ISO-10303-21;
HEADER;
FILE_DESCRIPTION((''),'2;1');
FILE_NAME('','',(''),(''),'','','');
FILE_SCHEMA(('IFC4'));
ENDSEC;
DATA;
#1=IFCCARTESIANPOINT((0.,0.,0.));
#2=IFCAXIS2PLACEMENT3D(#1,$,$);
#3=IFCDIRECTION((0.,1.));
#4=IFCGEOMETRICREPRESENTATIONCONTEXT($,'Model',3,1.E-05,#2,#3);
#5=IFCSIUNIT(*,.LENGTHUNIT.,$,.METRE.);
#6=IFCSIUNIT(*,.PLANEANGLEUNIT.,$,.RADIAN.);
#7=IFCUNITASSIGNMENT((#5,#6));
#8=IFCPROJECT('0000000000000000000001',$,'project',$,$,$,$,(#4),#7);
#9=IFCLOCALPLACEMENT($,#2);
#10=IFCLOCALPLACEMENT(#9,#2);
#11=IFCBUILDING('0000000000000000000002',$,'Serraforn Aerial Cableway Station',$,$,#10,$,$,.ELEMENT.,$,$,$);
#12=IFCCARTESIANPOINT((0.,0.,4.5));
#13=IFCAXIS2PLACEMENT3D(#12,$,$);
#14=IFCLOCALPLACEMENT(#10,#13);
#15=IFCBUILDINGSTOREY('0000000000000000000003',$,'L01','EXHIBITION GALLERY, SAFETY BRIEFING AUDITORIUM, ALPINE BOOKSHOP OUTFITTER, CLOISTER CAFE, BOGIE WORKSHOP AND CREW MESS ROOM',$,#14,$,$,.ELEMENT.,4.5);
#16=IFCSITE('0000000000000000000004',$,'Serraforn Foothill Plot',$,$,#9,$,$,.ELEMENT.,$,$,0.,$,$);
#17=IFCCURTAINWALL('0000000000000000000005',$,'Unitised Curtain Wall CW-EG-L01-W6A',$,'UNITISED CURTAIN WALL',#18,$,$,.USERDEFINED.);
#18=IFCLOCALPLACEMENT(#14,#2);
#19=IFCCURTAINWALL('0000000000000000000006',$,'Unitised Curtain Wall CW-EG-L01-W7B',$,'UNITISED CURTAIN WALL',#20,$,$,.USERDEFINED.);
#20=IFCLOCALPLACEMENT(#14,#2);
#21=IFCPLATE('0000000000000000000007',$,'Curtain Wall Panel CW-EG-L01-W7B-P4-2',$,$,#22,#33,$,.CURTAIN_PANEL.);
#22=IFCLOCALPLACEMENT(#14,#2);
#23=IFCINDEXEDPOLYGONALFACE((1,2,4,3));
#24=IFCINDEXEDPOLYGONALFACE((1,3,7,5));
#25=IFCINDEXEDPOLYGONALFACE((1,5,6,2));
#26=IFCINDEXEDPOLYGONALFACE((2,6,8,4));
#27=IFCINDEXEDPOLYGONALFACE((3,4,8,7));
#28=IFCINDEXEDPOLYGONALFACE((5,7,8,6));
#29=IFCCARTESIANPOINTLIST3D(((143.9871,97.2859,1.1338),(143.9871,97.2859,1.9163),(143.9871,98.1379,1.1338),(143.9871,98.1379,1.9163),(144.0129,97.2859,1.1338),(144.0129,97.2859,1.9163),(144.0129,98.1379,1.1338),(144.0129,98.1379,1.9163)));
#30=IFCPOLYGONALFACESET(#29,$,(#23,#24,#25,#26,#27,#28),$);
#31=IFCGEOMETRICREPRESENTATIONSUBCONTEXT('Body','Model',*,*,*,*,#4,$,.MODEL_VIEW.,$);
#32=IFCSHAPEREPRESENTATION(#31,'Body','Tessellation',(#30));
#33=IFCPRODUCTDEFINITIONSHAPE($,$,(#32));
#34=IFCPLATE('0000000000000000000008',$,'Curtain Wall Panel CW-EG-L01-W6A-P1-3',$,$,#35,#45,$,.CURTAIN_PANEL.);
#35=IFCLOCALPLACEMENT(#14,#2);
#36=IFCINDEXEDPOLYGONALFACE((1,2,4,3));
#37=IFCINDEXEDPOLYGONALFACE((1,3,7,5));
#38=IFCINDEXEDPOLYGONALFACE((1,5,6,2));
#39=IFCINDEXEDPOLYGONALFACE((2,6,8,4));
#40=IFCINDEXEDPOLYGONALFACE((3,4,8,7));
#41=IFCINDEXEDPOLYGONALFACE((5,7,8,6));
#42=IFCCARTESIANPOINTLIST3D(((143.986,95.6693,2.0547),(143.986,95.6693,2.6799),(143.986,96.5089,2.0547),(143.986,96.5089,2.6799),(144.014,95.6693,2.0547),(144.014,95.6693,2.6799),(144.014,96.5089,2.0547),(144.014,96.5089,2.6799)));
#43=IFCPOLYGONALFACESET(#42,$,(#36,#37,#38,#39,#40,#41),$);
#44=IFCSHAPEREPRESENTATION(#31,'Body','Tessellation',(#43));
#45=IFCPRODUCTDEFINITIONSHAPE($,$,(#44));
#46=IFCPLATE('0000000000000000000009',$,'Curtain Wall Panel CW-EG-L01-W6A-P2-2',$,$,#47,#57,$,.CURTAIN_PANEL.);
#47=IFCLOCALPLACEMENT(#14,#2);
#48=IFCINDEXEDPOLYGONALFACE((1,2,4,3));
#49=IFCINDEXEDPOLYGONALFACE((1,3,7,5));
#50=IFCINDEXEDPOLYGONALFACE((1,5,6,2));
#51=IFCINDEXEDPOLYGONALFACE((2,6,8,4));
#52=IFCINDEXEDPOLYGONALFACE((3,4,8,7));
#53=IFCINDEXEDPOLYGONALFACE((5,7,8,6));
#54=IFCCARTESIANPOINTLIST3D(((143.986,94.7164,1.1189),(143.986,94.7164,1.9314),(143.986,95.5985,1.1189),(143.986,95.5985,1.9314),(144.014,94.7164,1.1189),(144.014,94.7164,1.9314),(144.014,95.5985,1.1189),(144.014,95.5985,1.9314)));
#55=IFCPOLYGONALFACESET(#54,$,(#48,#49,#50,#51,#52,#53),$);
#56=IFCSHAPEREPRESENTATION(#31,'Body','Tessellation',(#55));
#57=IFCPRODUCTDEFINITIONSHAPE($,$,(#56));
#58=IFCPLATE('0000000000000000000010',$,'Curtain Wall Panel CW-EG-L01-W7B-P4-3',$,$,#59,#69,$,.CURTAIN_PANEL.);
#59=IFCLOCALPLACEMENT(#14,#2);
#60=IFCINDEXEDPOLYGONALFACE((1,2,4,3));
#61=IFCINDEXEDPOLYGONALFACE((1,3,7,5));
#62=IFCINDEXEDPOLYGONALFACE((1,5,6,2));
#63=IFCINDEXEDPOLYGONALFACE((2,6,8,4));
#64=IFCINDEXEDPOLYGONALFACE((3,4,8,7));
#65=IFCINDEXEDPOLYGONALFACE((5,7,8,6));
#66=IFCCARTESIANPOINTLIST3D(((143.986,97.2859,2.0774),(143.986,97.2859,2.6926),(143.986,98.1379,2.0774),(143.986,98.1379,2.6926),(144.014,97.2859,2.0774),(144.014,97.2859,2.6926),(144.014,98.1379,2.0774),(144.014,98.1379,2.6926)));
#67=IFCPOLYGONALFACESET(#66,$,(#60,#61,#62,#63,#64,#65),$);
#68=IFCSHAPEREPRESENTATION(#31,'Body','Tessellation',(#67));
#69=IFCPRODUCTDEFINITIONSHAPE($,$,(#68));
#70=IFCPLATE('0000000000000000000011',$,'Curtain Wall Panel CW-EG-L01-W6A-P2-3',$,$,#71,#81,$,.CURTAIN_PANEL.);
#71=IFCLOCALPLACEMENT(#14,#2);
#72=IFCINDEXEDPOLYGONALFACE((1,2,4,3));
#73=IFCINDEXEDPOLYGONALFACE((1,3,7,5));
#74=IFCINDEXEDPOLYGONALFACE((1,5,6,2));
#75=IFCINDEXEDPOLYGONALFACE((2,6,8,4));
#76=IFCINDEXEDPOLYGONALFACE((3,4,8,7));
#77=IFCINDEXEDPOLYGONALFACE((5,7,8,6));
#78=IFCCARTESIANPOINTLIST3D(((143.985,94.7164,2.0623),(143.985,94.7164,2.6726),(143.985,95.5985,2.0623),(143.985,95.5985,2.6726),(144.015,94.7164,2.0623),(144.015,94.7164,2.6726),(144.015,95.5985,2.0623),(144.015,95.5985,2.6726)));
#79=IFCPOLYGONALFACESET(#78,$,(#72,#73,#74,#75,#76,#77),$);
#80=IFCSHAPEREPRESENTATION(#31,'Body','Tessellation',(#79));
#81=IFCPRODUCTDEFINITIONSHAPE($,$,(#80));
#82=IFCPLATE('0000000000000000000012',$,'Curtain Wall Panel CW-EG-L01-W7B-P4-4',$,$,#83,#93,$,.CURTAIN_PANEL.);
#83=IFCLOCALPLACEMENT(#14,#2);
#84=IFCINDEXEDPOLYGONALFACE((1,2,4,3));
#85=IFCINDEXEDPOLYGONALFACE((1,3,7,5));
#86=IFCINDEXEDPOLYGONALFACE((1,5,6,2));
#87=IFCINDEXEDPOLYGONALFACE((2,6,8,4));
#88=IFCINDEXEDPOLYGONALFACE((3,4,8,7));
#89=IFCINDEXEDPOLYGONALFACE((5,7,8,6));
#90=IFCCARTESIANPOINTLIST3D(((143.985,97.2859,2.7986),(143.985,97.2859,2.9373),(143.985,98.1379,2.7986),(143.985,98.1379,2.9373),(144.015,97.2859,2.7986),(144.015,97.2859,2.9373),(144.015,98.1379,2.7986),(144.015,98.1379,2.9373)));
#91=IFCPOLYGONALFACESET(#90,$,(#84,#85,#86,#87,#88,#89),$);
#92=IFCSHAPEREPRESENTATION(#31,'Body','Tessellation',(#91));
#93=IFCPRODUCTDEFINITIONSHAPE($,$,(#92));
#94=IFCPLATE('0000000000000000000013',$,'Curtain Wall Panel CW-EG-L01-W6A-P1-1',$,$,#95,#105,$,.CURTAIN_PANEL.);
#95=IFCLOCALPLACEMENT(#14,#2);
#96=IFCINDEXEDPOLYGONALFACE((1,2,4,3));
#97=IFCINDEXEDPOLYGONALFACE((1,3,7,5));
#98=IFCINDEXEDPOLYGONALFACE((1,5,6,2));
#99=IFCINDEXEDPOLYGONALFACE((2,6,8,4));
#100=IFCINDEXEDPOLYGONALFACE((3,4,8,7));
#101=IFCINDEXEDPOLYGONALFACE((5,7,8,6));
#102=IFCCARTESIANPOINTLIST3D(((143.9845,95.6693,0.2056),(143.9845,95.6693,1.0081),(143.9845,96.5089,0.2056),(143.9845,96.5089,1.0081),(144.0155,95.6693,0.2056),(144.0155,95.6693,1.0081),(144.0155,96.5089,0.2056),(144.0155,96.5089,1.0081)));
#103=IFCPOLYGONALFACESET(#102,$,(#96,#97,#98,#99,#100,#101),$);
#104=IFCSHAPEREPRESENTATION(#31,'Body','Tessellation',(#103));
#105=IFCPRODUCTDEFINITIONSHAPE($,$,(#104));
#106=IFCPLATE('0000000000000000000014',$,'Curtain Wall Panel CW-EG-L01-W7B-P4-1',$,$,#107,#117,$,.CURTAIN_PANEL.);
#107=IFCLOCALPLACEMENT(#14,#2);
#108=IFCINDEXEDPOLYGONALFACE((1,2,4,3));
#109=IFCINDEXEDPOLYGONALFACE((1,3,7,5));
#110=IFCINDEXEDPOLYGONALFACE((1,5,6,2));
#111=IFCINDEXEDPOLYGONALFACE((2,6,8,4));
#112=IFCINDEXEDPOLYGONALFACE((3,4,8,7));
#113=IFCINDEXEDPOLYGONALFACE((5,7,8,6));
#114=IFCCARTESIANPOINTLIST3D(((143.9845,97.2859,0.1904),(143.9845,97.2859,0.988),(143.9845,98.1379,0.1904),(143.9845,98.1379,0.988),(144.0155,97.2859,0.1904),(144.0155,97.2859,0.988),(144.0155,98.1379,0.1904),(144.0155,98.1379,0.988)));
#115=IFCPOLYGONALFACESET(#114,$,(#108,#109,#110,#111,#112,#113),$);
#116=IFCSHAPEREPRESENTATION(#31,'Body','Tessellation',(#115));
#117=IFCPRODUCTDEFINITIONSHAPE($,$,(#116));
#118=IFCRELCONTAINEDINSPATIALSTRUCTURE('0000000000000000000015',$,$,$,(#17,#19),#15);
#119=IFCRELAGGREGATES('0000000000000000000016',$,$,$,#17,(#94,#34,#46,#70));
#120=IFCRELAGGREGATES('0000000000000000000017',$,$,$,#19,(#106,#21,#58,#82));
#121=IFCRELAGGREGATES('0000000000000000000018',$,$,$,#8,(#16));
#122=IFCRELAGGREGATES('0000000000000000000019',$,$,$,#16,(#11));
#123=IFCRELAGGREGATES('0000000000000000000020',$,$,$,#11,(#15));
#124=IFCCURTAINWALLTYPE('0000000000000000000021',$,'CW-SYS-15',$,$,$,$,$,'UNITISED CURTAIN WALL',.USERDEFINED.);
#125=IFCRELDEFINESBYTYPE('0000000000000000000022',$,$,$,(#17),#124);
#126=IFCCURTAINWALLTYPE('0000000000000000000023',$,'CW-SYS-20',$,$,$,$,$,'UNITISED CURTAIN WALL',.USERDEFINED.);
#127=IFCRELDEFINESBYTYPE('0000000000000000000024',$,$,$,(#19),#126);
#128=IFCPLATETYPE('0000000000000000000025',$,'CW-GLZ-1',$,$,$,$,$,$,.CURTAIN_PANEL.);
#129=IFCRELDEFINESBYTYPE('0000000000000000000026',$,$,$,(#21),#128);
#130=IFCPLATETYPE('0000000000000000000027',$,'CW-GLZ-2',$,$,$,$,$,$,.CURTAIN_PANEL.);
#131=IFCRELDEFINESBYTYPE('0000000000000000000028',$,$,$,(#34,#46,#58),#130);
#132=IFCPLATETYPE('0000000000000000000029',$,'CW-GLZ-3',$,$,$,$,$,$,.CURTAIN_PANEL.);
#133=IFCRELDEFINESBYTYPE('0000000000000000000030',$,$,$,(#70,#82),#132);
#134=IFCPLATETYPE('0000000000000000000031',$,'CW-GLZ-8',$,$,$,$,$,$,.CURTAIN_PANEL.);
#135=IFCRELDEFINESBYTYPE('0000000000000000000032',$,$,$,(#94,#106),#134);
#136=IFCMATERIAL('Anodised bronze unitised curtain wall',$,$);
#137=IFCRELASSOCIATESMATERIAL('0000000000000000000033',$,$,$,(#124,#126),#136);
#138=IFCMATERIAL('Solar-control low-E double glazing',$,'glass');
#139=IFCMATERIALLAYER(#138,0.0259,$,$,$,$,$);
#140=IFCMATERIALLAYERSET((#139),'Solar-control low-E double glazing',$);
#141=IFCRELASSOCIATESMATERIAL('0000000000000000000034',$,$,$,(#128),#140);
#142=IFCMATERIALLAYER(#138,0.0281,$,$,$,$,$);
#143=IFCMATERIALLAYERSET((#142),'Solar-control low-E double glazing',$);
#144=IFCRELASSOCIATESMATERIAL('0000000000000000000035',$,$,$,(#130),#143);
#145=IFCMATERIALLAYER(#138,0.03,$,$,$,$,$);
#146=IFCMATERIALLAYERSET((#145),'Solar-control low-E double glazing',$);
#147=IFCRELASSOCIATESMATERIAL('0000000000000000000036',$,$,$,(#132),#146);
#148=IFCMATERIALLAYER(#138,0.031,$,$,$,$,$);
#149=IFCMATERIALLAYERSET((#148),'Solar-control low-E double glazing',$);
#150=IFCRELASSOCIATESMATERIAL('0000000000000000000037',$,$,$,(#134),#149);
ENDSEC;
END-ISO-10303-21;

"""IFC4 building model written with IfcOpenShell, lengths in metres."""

from ifc_helpers import new_model, si_unit, direction, frame, origin, origin_2d, place, context, subcontext, project, spatial, rectangle, extrude, material, layer, layer_set, type_object, element, aggregate, save


model = new_model("IFC4")

# Units and contexts
model_context = context("Model", 3, precision=1e-05, world=origin(), true_north=direction((0.0, 1.0)))
body_context = subcontext(model_context, "Body", "Model", "MODEL_VIEW")
ifc_project = project(units=[si_unit("LENGTHUNIT", "METRE"), si_unit("PLANEANGLEUNIT", "RADIAN")], contexts=[model_context])

# Site, building, storey
site_placement = place(None, origin())
site = spatial("IfcSite", under=ifc_project, at=site_placement, Name="Serraforn Foothill Plot", CompositionType="ELEMENT", RefElevation=0.0)
building_placement = place(site_placement, origin())
building = spatial("IfcBuilding", under=site, at=building_placement, Name="Serraforn Aerial Cableway Station", CompositionType="ELEMENT")
storey_placement = place(building_placement, frame((0.0, 0.0, 4.5)))
storey = spatial("IfcBuildingStorey", under=building, at=storey_placement, Name="L01", Description="EXHIBITION GALLERY, SAFETY BRIEFING AUDITORIUM, ALPINE BOOKSHOP OUTFITTER, CLOISTER CAFE, BOGIE WORKSHOP AND CREW MESS ROOM", CompositionType="ELEMENT", Elevation=4.5)

# Curtain walls
ifc_material_1 = material(Name="Anodised bronze unitised curtain wall")
curtain_wall_type_1 = type_object("IfcCurtainWallType", Name="CW-SYS-15", ElementType="UNITISED CURTAIN WALL", PredefinedType="USERDEFINED", material=ifc_material_1)
curtain_wall_1_placement = place(storey_placement, origin())
curtain_wall_1 = element("IfcCurtainWall", 1, at=curtain_wall_1_placement, inside=storey, type_object=curtain_wall_type_1, Name="Unitised Curtain Wall CW-EG-L01-W6A", ObjectType="UNITISED CURTAIN WALL", PredefinedType="USERDEFINED")
curtain_wall_type_2 = type_object("IfcCurtainWallType", Name="CW-SYS-20", ElementType="UNITISED CURTAIN WALL", PredefinedType="USERDEFINED", material=ifc_material_1)
curtain_wall_2_placement = place(storey_placement, origin())
curtain_wall_2 = element("IfcCurtainWall", 2, at=curtain_wall_2_placement, inside=storey, type_object=curtain_wall_type_2, Name="Unitised Curtain Wall CW-EG-L01-W7B", ObjectType="UNITISED CURTAIN WALL", PredefinedType="USERDEFINED")

# Plates
ifc_material_2 = material(Name="Solar-control low-E double glazing", Category="glass")
ifc_layer_1 = layer(ifc_material_2, 0.0259)
ifc_layer_set_1 = layer_set([ifc_layer_1], Name="Solar-control low-E double glazing")
plate_type_1 = type_object("IfcPlateType", Name="CW-GLZ-1", PredefinedType="CURTAIN_PANEL", material=ifc_layer_set_1)
plate_1_placement = place(storey_placement, frame((144.0, 97.7119, 1.1338), z_axis=(0.0, 0.0, 1.0), x_axis=(1.0, 0.0, 0.0)))
plate_1 = element("IfcPlate", 3, at=plate_1_placement, type_object=plate_type_1, Name="Curtain Wall Panel CW-EG-L01-W7B-P4-2", PredefinedType="CURTAIN_PANEL", context=body_context, shape_type="SweptSolid", body=[
    extrude(rectangle(XDim=0.0259, YDim=0.8521, at=origin_2d()), origin(), (0.0, 0.0, 1.0), 0.7825),
])
ifc_layer_2 = layer(ifc_material_2, 0.0281)
ifc_layer_set_2 = layer_set([ifc_layer_2], Name="Solar-control low-E double glazing")
plate_type_2 = type_object("IfcPlateType", Name="CW-GLZ-2", PredefinedType="CURTAIN_PANEL", material=ifc_layer_set_2)
plate_2_placement = place(storey_placement, frame((144.0, 96.0891, 2.0547), z_axis=(0.0, 0.0, 1.0), x_axis=(1.0, 0.0, 0.0)))
plate_2 = element("IfcPlate", 4, at=plate_2_placement, type_object=plate_type_2, Name="Curtain Wall Panel CW-EG-L01-W6A-P1-3", PredefinedType="CURTAIN_PANEL", context=body_context, shape_type="SweptSolid", body=[
    extrude(rectangle(XDim=0.0281, YDim=0.8396, at=origin_2d()), origin(), (0.0, 0.0, 1.0), 0.6252),
])
plate_3_placement = place(storey_placement, frame((144.0, 95.1575, 1.1189), z_axis=(0.0, 0.0, 1.0), x_axis=(1.0, 0.0, 0.0)))
plate_3 = element("IfcPlate", 5, at=plate_3_placement, type_object=plate_type_2, Name="Curtain Wall Panel CW-EG-L01-W6A-P2-2", PredefinedType="CURTAIN_PANEL", context=body_context, shape_type="SweptSolid", body=[
    extrude(rectangle(XDim=0.0281, YDim=0.8821, at=origin_2d()), origin(), (0.0, 0.0, 1.0), 0.8125),
])
plate_4_placement = place(storey_placement, frame((144.0, 97.7119, 2.0774), z_axis=(0.0, 0.0, 1.0), x_axis=(1.0, 0.0, 0.0)))
plate_4 = element("IfcPlate", 6, at=plate_4_placement, type_object=plate_type_2, Name="Curtain Wall Panel CW-EG-L01-W7B-P4-3", PredefinedType="CURTAIN_PANEL", context=body_context, shape_type="SweptSolid", body=[
    extrude(rectangle(XDim=0.0281, YDim=0.8521, at=origin_2d()), origin(), (0.0, 0.0, 1.0), 0.6152),
])
ifc_layer_3 = layer(ifc_material_2, 0.03)
ifc_layer_set_3 = layer_set([ifc_layer_3], Name="Solar-control low-E double glazing")
plate_type_3 = type_object("IfcPlateType", Name="CW-GLZ-3", PredefinedType="CURTAIN_PANEL", material=ifc_layer_set_3)
plate_5_placement = place(storey_placement, frame((144.0, 95.1575, 2.0623), z_axis=(0.0, 0.0, 1.0), x_axis=(1.0, 0.0, 0.0)))
plate_5 = element("IfcPlate", 7, at=plate_5_placement, type_object=plate_type_3, Name="Curtain Wall Panel CW-EG-L01-W6A-P2-3", PredefinedType="CURTAIN_PANEL", context=body_context, shape_type="SweptSolid", body=[
    extrude(rectangle(XDim=0.03, YDim=0.8821, at=origin_2d()), origin(), (0.0, 0.0, 1.0), 0.6104),
])
plate_6_placement = place(storey_placement, frame((144.0, 97.7119, 2.7986), z_axis=(0.0, 0.0, 1.0), x_axis=(1.0, 0.0, 0.0)))
plate_6 = element("IfcPlate", 8, at=plate_6_placement, type_object=plate_type_3, Name="Curtain Wall Panel CW-EG-L01-W7B-P4-4", PredefinedType="CURTAIN_PANEL", context=body_context, shape_type="SweptSolid", body=[
    extrude(rectangle(XDim=0.03, YDim=0.8521, at=origin_2d()), origin(), (0.0, 0.0, 1.0), 0.1387),
])
ifc_layer_4 = layer(ifc_material_2, 0.031)
ifc_layer_set_4 = layer_set([ifc_layer_4], Name="Solar-control low-E double glazing")
plate_type_4 = type_object("IfcPlateType", Name="CW-GLZ-8", PredefinedType="CURTAIN_PANEL", material=ifc_layer_set_4)
plate_7_placement = place(storey_placement, frame((144.0, 96.0891, 0.2056), z_axis=(0.0, 0.0, 1.0), x_axis=(1.0, 0.0, 0.0)))
plate_7 = element("IfcPlate", 9, at=plate_7_placement, type_object=plate_type_4, Name="Curtain Wall Panel CW-EG-L01-W6A-P1-1", PredefinedType="CURTAIN_PANEL", context=body_context, shape_type="SweptSolid", body=[
    extrude(rectangle(XDim=0.031, YDim=0.8396, at=origin_2d()), origin(), (0.0, 0.0, 1.0), 0.8025),
])
aggregate(curtain_wall_1, [plate_7, plate_2, plate_3, plate_5])
plate_8_placement = place(storey_placement, frame((144.0, 97.7119, 0.1904), z_axis=(0.0, 0.0, 1.0), x_axis=(1.0, 0.0, 0.0)))
plate_8 = element("IfcPlate", 10, at=plate_8_placement, type_object=plate_type_4, Name="Curtain Wall Panel CW-EG-L01-W7B-P4-1", PredefinedType="CURTAIN_PANEL", context=body_context, shape_type="SweptSolid", body=[
    extrude(rectangle(XDim=0.031, YDim=0.8521, at=origin_2d()), origin(), (0.0, 0.0, 1.0), 0.7976),
])
aggregate(curtain_wall_2, [plate_8, plate_1, plate_4, plate_6])

save(model, "model.ifc")
